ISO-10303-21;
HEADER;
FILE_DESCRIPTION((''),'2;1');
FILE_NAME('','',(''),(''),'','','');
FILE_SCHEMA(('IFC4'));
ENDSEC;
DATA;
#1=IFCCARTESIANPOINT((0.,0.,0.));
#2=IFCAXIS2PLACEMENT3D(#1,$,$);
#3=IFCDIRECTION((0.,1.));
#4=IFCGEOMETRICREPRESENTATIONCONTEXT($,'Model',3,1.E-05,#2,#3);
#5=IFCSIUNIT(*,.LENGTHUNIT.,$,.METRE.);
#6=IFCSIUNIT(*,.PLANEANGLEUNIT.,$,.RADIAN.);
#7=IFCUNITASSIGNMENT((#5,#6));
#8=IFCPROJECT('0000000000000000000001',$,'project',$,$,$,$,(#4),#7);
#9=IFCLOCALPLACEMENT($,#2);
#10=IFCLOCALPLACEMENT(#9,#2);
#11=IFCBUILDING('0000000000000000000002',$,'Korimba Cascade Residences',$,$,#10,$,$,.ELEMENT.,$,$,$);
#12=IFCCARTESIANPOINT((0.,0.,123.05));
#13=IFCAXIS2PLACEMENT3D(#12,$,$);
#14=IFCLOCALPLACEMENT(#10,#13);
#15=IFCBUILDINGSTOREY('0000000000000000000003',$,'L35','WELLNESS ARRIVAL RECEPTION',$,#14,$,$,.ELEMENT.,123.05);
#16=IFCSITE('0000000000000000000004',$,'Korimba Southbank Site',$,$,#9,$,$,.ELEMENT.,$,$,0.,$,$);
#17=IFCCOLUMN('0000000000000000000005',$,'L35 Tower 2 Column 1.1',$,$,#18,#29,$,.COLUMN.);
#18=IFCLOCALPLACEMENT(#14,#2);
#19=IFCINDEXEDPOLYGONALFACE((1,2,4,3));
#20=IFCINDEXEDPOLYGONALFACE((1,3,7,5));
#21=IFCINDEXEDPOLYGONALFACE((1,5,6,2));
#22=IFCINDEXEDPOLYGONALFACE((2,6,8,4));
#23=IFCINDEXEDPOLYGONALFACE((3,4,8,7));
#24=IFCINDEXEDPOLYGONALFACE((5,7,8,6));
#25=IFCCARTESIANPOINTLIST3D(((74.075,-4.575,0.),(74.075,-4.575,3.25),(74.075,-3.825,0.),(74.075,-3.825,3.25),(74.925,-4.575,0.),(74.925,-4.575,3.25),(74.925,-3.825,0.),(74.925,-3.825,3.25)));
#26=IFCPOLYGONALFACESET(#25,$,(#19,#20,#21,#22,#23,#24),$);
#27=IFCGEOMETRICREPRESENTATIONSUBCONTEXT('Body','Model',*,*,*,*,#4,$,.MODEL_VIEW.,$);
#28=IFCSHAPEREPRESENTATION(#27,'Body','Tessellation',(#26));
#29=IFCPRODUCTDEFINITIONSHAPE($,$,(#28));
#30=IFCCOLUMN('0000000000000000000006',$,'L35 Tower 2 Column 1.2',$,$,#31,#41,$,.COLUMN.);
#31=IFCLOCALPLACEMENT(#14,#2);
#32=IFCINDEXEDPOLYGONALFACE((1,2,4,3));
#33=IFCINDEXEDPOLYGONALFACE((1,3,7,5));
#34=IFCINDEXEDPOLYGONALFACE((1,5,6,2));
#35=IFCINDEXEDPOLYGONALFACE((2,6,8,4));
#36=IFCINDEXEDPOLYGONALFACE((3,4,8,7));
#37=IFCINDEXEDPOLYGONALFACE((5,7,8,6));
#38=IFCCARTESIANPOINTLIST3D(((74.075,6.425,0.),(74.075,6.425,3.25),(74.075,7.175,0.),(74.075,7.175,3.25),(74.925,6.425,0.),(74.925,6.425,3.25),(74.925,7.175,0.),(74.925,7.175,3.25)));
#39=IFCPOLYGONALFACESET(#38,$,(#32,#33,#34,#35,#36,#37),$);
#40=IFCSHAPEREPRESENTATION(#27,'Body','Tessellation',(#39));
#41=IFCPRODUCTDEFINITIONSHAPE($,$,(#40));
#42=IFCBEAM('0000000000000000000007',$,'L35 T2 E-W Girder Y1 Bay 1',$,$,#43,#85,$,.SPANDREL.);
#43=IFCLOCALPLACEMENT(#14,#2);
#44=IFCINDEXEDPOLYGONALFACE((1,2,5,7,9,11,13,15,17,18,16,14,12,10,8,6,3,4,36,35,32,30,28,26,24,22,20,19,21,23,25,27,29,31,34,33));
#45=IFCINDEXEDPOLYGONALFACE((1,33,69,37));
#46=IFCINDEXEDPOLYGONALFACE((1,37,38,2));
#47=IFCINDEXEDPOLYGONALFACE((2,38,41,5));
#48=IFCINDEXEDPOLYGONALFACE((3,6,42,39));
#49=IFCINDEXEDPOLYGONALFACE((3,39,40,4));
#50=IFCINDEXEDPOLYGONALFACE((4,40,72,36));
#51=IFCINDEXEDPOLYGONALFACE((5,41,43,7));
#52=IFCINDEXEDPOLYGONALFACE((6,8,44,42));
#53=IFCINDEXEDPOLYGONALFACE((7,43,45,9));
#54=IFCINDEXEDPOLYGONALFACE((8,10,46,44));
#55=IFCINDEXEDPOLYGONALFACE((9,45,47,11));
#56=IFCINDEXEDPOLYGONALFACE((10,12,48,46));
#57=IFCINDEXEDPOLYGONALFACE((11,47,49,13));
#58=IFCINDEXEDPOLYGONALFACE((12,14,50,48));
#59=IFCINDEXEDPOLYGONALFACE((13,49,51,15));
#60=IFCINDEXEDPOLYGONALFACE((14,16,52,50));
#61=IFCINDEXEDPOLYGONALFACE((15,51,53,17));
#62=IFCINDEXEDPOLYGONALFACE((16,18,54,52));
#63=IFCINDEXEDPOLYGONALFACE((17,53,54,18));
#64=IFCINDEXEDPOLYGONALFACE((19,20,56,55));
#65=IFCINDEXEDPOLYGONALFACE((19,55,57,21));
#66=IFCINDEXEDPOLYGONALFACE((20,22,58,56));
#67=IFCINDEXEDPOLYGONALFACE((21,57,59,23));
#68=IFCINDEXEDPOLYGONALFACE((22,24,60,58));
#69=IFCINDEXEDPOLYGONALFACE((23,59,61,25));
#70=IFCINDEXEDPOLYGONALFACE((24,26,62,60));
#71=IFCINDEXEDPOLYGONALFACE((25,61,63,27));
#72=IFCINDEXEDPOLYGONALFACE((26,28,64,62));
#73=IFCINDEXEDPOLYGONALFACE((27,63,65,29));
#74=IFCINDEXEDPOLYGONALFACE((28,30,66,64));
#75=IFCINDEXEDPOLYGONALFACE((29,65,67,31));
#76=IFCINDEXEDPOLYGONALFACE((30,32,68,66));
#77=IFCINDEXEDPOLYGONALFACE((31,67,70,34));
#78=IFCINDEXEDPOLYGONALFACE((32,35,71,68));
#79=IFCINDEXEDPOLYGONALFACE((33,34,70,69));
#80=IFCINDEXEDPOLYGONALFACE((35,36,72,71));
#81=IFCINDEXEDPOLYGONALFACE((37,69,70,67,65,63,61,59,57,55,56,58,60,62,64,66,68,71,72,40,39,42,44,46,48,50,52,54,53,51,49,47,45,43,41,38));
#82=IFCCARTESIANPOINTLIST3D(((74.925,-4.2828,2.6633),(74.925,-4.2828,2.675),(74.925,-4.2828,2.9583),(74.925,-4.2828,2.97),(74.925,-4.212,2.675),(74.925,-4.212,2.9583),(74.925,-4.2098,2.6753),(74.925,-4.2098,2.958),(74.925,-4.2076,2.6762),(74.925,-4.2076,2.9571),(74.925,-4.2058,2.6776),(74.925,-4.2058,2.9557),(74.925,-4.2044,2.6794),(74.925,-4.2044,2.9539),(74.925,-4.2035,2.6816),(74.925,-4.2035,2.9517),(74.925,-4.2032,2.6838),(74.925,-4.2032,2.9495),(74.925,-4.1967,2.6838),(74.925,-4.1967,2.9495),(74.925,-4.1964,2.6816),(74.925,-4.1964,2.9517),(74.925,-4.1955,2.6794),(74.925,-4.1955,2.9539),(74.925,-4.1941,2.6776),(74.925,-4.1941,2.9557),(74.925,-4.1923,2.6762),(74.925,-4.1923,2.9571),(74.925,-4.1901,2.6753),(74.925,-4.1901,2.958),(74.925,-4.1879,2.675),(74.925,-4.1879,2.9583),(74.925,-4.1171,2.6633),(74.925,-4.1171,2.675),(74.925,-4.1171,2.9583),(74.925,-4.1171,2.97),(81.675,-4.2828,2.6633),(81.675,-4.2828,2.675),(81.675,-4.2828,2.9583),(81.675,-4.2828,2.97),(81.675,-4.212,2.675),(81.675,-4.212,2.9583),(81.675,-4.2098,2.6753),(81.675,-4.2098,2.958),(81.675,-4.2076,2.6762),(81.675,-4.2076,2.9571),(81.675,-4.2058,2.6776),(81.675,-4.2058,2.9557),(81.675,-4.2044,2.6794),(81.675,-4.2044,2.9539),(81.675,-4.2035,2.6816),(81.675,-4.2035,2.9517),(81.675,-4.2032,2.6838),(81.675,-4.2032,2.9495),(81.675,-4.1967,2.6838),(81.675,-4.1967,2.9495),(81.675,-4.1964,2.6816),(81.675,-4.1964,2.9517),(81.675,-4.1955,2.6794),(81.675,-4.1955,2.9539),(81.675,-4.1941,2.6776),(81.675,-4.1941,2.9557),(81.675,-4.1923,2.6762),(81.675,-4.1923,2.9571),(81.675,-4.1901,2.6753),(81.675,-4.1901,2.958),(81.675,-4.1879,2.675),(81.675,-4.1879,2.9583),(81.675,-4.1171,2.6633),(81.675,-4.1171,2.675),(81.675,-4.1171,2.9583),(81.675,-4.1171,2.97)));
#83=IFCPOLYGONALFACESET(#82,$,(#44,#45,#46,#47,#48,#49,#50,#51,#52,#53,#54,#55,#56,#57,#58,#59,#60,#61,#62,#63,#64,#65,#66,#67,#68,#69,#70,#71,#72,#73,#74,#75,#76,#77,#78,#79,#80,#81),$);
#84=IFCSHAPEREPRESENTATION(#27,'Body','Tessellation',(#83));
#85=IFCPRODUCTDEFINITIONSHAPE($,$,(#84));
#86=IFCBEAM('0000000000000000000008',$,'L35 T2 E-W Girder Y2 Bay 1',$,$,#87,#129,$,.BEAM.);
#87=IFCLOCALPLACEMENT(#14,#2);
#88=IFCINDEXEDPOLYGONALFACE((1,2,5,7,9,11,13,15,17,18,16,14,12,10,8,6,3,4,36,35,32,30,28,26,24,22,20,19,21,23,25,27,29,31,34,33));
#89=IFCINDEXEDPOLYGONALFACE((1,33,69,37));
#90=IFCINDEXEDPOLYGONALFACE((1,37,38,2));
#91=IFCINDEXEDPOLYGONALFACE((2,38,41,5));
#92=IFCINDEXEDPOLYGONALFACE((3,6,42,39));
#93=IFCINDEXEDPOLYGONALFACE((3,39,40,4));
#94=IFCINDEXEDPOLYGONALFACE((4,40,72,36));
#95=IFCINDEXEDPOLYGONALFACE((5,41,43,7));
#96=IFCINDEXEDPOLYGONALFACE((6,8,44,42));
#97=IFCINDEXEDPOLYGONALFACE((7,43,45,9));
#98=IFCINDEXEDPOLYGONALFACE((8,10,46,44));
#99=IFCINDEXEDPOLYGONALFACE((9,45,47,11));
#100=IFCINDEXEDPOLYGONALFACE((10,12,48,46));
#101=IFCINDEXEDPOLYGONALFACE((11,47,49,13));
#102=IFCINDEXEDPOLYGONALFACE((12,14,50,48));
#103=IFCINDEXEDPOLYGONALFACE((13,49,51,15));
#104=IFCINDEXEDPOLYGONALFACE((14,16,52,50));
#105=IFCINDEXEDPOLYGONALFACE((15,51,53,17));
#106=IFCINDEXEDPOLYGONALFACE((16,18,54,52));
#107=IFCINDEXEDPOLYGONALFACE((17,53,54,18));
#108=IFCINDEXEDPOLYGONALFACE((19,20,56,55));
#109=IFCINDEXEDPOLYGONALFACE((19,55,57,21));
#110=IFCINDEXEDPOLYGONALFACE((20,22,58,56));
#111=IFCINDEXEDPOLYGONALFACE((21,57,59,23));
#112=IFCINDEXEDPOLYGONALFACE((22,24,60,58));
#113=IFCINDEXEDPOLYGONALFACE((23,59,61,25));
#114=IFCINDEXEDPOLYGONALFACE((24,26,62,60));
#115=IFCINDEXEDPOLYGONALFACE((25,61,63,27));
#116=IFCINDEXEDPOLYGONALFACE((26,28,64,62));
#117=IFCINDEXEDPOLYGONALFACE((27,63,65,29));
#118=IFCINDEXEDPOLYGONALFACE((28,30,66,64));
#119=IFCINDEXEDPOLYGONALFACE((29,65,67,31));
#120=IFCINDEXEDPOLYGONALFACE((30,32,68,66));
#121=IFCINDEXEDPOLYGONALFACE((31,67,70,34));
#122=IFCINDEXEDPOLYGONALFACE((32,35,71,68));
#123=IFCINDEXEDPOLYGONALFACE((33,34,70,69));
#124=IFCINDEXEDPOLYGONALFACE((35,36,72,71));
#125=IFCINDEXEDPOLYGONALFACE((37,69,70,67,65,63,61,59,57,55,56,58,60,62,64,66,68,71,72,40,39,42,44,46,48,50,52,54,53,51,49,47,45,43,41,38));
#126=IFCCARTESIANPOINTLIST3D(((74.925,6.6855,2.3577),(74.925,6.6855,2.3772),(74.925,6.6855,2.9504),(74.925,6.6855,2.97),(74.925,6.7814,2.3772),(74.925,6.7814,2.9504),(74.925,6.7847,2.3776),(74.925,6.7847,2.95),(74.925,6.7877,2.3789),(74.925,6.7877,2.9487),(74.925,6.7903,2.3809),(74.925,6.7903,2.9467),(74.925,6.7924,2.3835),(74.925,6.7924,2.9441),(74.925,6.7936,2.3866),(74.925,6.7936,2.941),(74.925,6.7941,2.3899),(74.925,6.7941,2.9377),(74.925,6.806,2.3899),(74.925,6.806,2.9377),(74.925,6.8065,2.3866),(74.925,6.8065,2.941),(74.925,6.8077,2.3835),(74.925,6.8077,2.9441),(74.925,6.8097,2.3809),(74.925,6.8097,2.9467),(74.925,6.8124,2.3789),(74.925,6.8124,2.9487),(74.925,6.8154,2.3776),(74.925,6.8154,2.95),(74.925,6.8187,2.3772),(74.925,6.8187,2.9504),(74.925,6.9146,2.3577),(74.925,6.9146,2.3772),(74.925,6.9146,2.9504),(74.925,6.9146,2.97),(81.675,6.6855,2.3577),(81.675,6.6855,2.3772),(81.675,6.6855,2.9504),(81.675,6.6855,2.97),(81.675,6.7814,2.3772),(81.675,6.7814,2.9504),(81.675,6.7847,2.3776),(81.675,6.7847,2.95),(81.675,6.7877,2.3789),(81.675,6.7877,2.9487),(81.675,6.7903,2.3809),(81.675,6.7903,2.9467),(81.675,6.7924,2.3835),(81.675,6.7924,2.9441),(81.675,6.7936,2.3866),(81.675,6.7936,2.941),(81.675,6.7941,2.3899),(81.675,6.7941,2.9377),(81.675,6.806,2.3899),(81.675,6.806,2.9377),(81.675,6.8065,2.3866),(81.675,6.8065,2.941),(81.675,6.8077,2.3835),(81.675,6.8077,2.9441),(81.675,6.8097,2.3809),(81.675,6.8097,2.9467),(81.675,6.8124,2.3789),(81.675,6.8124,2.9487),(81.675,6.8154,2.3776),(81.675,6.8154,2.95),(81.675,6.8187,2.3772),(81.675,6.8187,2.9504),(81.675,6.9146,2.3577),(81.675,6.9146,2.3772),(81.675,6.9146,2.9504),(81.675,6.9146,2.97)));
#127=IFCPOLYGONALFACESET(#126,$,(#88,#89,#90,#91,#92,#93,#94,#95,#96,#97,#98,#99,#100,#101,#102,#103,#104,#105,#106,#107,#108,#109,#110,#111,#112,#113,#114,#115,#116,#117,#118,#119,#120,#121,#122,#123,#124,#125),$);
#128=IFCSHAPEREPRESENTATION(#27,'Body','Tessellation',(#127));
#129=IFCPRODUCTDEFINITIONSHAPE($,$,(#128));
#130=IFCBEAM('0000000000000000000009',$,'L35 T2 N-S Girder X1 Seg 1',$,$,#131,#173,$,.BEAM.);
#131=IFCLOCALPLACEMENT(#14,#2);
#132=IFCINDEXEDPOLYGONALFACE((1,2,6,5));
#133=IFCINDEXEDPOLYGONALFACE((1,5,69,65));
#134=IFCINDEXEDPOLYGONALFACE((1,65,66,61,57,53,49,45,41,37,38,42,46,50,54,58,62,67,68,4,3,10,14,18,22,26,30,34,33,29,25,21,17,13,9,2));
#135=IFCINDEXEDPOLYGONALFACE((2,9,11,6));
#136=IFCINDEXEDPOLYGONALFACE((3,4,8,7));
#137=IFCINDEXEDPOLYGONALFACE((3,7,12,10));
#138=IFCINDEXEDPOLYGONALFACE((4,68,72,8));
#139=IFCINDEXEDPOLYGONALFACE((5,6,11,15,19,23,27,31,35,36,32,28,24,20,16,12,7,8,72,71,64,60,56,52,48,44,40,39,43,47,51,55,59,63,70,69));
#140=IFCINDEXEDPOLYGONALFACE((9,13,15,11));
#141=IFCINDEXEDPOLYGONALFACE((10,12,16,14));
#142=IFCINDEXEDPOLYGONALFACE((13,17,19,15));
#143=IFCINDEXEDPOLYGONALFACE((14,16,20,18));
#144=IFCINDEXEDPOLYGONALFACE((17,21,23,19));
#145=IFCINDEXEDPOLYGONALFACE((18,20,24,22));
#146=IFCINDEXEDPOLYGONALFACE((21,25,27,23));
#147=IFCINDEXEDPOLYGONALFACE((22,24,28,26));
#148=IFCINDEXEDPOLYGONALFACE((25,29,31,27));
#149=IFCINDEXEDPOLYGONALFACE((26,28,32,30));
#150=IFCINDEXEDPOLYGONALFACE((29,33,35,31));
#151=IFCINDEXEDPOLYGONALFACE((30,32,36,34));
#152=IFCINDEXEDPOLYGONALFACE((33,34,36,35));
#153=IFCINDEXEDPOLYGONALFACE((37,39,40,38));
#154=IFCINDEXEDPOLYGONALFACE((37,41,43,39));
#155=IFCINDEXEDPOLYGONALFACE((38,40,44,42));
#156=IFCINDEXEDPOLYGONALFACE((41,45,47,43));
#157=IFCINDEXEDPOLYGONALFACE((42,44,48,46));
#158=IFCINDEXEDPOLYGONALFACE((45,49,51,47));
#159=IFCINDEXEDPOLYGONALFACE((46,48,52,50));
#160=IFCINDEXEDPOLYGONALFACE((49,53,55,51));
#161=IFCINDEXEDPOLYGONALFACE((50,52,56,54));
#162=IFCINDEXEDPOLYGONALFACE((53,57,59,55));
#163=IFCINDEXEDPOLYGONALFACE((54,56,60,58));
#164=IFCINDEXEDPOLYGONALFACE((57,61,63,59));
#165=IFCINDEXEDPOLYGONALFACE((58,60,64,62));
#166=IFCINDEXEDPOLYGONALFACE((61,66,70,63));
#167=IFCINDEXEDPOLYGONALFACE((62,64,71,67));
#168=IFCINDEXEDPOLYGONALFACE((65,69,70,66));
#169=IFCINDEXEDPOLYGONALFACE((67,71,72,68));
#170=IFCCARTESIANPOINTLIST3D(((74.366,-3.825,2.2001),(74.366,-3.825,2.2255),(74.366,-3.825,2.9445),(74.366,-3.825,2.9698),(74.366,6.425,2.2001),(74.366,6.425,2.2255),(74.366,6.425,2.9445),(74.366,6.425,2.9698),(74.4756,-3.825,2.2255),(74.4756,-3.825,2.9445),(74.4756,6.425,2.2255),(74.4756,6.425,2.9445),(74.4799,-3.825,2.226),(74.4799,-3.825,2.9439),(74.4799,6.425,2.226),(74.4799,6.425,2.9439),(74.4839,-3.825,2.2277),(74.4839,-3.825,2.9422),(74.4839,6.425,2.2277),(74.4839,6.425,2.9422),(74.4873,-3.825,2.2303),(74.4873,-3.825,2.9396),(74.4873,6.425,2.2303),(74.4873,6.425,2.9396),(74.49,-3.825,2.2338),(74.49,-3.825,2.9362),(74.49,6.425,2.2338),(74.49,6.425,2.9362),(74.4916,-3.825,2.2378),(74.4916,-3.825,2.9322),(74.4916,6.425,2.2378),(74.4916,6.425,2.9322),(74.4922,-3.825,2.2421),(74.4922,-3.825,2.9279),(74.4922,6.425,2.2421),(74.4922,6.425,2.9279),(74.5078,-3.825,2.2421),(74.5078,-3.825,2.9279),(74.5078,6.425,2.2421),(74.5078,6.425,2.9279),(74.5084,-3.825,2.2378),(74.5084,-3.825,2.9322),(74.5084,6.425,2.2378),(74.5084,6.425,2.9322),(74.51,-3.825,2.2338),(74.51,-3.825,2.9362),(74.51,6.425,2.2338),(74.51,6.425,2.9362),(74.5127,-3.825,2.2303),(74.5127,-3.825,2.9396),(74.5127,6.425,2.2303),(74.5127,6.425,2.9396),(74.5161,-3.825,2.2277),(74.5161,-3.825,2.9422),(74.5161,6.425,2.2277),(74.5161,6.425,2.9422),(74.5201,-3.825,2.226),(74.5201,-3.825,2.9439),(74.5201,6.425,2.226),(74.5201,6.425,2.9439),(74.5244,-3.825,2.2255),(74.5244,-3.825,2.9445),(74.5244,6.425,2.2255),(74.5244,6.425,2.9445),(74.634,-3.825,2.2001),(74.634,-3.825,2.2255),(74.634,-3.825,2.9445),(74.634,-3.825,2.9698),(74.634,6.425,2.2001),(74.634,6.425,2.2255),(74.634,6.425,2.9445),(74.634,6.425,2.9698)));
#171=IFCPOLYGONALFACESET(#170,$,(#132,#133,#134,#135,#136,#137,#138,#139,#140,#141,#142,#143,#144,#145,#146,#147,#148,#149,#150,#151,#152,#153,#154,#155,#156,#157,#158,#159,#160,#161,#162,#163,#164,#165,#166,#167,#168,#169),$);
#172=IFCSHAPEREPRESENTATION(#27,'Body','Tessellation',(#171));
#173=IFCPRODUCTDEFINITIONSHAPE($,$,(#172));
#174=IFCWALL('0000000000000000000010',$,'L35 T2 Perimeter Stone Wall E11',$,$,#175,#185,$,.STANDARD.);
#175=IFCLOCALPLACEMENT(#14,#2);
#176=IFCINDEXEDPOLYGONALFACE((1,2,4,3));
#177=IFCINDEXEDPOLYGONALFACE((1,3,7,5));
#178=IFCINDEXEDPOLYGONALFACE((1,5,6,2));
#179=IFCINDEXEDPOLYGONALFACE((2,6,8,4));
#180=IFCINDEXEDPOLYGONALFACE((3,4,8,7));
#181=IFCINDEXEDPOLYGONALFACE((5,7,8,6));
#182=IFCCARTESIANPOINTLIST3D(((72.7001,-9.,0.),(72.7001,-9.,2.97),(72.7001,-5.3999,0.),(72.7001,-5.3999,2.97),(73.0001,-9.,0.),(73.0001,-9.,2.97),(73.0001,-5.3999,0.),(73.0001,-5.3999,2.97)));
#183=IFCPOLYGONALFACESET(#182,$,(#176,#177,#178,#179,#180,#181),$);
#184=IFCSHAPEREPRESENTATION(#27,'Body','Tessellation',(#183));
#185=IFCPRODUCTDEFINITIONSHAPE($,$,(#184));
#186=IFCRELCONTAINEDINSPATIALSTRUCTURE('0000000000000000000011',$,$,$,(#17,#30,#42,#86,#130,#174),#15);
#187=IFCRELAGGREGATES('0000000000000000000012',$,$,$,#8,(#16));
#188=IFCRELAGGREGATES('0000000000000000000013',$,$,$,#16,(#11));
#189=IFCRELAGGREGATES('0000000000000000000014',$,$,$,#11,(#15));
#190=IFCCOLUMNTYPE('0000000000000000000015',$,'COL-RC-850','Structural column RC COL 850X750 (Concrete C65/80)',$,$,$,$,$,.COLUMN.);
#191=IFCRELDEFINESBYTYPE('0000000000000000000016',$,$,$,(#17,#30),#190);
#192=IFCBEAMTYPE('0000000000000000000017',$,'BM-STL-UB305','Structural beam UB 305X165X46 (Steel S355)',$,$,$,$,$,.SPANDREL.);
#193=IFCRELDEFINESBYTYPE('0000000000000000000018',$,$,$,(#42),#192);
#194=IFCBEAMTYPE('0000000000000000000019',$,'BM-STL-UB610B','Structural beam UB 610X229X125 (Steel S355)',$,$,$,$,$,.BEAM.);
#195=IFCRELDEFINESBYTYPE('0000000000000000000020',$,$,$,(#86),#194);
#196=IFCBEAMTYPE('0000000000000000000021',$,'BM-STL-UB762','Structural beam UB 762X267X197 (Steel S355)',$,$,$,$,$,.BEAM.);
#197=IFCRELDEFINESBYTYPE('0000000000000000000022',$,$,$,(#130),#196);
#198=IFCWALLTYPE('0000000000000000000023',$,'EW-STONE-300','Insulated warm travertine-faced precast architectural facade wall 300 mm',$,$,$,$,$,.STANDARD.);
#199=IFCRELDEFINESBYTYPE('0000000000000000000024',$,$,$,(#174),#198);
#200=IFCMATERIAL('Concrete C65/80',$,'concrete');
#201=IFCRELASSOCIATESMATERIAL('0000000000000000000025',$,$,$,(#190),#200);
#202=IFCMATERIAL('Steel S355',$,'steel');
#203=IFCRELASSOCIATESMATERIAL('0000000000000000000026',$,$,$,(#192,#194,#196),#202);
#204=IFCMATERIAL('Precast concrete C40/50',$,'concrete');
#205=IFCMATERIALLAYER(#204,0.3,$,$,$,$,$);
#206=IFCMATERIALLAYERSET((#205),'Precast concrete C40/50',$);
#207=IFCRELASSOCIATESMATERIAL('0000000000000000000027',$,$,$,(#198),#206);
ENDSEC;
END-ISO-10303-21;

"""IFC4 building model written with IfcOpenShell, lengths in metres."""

from ifc_helpers import new_model, si_unit, direction, frame, frame_2d, origin, origin_2d, place, context, subcontext, project, spatial, rectangle, i_section, extrude, material, layer, layer_set, material_profile, profile_set, type_object, element, save


model = new_model("IFC4")

# Units and contexts
model_context = context("Model", 3, precision=1e-05, world=origin(), true_north=direction((0.0, 1.0)))
body_context = subcontext(model_context, "Body", "Model", "MODEL_VIEW")
ifc_project = project(units=[si_unit("LENGTHUNIT", "METRE"), si_unit("PLANEANGLEUNIT", "RADIAN")], contexts=[model_context])

# Site, building, storey
site_placement = place(None, origin())
site = spatial("IfcSite", under=ifc_project, at=site_placement, Name="Korimba Southbank Site", CompositionType="ELEMENT", RefElevation=0.0)
building_placement = place(site_placement, origin())
building = spatial("IfcBuilding", under=site, at=building_placement, Name="Korimba Cascade Residences", CompositionType="ELEMENT")
storey_placement = place(building_placement, frame((0.0, 0.0, 123.05)))
storey = spatial("IfcBuildingStorey", under=building, at=storey_placement, Name="L35", Description="WELLNESS ARRIVAL RECEPTION", CompositionType="ELEMENT", Elevation=123.05)

# Columns
ifc_material_1 = material(Name="Concrete C65/80", Category="concrete")
ifc_material_profile_1 = material_profile(ifc_material_1, rectangle(XDim=0.8501, YDim=0.75, at=origin_2d()), Name="Concrete C65/80")
ifc_profile_set_1 = profile_set([ifc_material_profile_1], Name="Concrete C65/80")
column_type = type_object("IfcColumnType", Name="COL-RC-850", Description="Structural column RC COL 850X750 (Concrete C65/80)", PredefinedType="COLUMN", material=ifc_profile_set_1)
for number, where, z_axis, x_axis, name in (
    (1, (74.5, -4.2, 0.0), (0.0, 0.0, 1.0), (1.0, 0.0, 0.0), "L35 Tower 2 Column 1.1"),
    (2, (74.5, 6.8, 0.0), (0.0, 0.0, 1.0), (1.0, 0.0, 0.0), "L35 Tower 2 Column 1.2"),
):
    element("IfcColumn", number, at=place(storey_placement, frame(where, z_axis=z_axis, x_axis=x_axis)), inside=storey, type_object=column_type, Name=name, PredefinedType="COLUMN", context=body_context, shape_type="SweptSolid", body=[
        extrude(rectangle(XDim=0.8501, YDim=0.75, at=origin_2d()), origin(), (0.0, 0.0, 1.0), 3.25),
    ])

# Beams
ifc_material_2 = material(Name="Steel S355", Category="steel")
ifc_material_profile_2 = material_profile(ifc_material_2, i_section(OverallWidth=0.1658, OverallDepth=0.3066, WebThickness=0.0066, FlangeThickness=0.0117, FilletRadius=0.0088, at=origin_2d()), Name="Steel S355")
ifc_profile_set_2 = profile_set([ifc_material_profile_2], Name="Steel S355")
beam_type_1 = type_object("IfcBeamType", Name="BM-STL-UB305", Description="Structural beam UB 305X165X46 (Steel S355)", PredefinedType="SPANDREL", material=ifc_profile_set_2)
beam_1_placement = place(storey_placement, frame((74.925, -4.2, 2.8167), z_axis=(1.0, 0.0, 0.0), x_axis=(0.0, 1.0, 0.0)))
element("IfcBeam", 3, at=beam_1_placement, inside=storey, type_object=beam_type_1, Name="L35 T2 E-W Girder Y1 Bay 1", PredefinedType="SPANDREL", context=body_context, shape_type="SweptSolid", body=[
    extrude(i_section(OverallWidth=0.1658, OverallDepth=0.3066, WebThickness=0.0066, FlangeThickness=0.0117, FilletRadius=0.0088, at=origin_2d()), origin(), (0.0, 0.0, 1.0), 6.75),
])
ifc_material_profile_3 = material_profile(ifc_material_2, i_section(OverallWidth=0.229, OverallDepth=0.6123, WebThickness=0.012, FlangeThickness=0.0195, FilletRadius=0.0127, at=origin_2d()), Name="Steel S355")
ifc_profile_set_3 = profile_set([ifc_material_profile_3], Name="Steel S355")
beam_type_2 = type_object("IfcBeamType", Name="BM-STL-UB610B", Description="Structural beam UB 610X229X125 (Steel S355)", PredefinedType="BEAM", material=ifc_profile_set_3)
beam_2_placement = place(storey_placement, frame((74.925, 6.8, 2.6638), z_axis=(1.0, 0.0, 0.0), x_axis=(0.0, 1.0, 0.0)))
element("IfcBeam", 4, at=beam_2_placement, inside=storey, type_object=beam_type_2, Name="L35 T2 E-W Girder Y2 Bay 1", PredefinedType="BEAM", context=body_context, shape_type="SweptSolid", body=[
    extrude(i_section(OverallWidth=0.229, OverallDepth=0.6123, WebThickness=0.012, FlangeThickness=0.0195, FilletRadius=0.0127, at=origin_2d()), origin(), (0.0, 0.0, 1.0), 6.75),
])
ifc_material_profile_4 = material_profile(ifc_material_2, i_section(OverallWidth=0.2681, OverallDepth=0.7698, WebThickness=0.0156, FlangeThickness=0.0254, FilletRadius=0.0166, at=origin_2d()), Name="Steel S355")
ifc_profile_set_4 = profile_set([ifc_material_profile_4], Name="Steel S355")
beam_type_3 = type_object("IfcBeamType", Name="BM-STL-UB762", Description="Structural beam UB 762X267X197 (Steel S355)", PredefinedType="BEAM", material=ifc_profile_set_4)
beam_3_placement = place(storey_placement, frame((74.5, -3.825, 2.585), z_axis=(0.0, 1.0, 0.0), x_axis=(-1.0, 0.0, 0.0)))
element("IfcBeam", 5, at=beam_3_placement, inside=storey, type_object=beam_type_3, Name="L35 T2 N-S Girder X1 Seg 1", PredefinedType="BEAM", context=body_context, shape_type="SweptSolid", body=[
    extrude(i_section(OverallWidth=0.2681, OverallDepth=0.7698, WebThickness=0.0156, FlangeThickness=0.0254, FilletRadius=0.0166, at=origin_2d()), origin(), (0.0, 0.0, 1.0), 10.25),
])

# Wall
ifc_material_3 = material(Name="Precast concrete C40/50", Category="concrete")
ifc_layer_1 = layer(ifc_material_3, 0.3)
ifc_layer_set_1 = layer_set([ifc_layer_1], Name="Precast concrete C40/50")
wall_type_1 = type_object("IfcWallType", Name="EW-STONE-300", Description="Insulated warm travertine-faced precast architectural facade wall 300 mm", PredefinedType="STANDARD", material=ifc_layer_set_1)
wall_1_placement = place(storey_placement, frame((72.8501, -5.3999, 0.0), z_axis=(0.0, 0.0, 1.0), x_axis=(0.0, -1.0, 0.0)))
element("IfcWall", 6, at=wall_1_placement, inside=storey, type_object=wall_type_1, Name="L35 T2 Perimeter Stone Wall E11", PredefinedType="STANDARD", context=body_context, shape_type="SweptSolid", body=[
    extrude(rectangle(XDim=3.6001, YDim=0.3, at=frame_2d((1.8, 0.0))), origin(), (0.0, 0.0, 1.0), 2.97),
])

save(model, "model.ifc")
